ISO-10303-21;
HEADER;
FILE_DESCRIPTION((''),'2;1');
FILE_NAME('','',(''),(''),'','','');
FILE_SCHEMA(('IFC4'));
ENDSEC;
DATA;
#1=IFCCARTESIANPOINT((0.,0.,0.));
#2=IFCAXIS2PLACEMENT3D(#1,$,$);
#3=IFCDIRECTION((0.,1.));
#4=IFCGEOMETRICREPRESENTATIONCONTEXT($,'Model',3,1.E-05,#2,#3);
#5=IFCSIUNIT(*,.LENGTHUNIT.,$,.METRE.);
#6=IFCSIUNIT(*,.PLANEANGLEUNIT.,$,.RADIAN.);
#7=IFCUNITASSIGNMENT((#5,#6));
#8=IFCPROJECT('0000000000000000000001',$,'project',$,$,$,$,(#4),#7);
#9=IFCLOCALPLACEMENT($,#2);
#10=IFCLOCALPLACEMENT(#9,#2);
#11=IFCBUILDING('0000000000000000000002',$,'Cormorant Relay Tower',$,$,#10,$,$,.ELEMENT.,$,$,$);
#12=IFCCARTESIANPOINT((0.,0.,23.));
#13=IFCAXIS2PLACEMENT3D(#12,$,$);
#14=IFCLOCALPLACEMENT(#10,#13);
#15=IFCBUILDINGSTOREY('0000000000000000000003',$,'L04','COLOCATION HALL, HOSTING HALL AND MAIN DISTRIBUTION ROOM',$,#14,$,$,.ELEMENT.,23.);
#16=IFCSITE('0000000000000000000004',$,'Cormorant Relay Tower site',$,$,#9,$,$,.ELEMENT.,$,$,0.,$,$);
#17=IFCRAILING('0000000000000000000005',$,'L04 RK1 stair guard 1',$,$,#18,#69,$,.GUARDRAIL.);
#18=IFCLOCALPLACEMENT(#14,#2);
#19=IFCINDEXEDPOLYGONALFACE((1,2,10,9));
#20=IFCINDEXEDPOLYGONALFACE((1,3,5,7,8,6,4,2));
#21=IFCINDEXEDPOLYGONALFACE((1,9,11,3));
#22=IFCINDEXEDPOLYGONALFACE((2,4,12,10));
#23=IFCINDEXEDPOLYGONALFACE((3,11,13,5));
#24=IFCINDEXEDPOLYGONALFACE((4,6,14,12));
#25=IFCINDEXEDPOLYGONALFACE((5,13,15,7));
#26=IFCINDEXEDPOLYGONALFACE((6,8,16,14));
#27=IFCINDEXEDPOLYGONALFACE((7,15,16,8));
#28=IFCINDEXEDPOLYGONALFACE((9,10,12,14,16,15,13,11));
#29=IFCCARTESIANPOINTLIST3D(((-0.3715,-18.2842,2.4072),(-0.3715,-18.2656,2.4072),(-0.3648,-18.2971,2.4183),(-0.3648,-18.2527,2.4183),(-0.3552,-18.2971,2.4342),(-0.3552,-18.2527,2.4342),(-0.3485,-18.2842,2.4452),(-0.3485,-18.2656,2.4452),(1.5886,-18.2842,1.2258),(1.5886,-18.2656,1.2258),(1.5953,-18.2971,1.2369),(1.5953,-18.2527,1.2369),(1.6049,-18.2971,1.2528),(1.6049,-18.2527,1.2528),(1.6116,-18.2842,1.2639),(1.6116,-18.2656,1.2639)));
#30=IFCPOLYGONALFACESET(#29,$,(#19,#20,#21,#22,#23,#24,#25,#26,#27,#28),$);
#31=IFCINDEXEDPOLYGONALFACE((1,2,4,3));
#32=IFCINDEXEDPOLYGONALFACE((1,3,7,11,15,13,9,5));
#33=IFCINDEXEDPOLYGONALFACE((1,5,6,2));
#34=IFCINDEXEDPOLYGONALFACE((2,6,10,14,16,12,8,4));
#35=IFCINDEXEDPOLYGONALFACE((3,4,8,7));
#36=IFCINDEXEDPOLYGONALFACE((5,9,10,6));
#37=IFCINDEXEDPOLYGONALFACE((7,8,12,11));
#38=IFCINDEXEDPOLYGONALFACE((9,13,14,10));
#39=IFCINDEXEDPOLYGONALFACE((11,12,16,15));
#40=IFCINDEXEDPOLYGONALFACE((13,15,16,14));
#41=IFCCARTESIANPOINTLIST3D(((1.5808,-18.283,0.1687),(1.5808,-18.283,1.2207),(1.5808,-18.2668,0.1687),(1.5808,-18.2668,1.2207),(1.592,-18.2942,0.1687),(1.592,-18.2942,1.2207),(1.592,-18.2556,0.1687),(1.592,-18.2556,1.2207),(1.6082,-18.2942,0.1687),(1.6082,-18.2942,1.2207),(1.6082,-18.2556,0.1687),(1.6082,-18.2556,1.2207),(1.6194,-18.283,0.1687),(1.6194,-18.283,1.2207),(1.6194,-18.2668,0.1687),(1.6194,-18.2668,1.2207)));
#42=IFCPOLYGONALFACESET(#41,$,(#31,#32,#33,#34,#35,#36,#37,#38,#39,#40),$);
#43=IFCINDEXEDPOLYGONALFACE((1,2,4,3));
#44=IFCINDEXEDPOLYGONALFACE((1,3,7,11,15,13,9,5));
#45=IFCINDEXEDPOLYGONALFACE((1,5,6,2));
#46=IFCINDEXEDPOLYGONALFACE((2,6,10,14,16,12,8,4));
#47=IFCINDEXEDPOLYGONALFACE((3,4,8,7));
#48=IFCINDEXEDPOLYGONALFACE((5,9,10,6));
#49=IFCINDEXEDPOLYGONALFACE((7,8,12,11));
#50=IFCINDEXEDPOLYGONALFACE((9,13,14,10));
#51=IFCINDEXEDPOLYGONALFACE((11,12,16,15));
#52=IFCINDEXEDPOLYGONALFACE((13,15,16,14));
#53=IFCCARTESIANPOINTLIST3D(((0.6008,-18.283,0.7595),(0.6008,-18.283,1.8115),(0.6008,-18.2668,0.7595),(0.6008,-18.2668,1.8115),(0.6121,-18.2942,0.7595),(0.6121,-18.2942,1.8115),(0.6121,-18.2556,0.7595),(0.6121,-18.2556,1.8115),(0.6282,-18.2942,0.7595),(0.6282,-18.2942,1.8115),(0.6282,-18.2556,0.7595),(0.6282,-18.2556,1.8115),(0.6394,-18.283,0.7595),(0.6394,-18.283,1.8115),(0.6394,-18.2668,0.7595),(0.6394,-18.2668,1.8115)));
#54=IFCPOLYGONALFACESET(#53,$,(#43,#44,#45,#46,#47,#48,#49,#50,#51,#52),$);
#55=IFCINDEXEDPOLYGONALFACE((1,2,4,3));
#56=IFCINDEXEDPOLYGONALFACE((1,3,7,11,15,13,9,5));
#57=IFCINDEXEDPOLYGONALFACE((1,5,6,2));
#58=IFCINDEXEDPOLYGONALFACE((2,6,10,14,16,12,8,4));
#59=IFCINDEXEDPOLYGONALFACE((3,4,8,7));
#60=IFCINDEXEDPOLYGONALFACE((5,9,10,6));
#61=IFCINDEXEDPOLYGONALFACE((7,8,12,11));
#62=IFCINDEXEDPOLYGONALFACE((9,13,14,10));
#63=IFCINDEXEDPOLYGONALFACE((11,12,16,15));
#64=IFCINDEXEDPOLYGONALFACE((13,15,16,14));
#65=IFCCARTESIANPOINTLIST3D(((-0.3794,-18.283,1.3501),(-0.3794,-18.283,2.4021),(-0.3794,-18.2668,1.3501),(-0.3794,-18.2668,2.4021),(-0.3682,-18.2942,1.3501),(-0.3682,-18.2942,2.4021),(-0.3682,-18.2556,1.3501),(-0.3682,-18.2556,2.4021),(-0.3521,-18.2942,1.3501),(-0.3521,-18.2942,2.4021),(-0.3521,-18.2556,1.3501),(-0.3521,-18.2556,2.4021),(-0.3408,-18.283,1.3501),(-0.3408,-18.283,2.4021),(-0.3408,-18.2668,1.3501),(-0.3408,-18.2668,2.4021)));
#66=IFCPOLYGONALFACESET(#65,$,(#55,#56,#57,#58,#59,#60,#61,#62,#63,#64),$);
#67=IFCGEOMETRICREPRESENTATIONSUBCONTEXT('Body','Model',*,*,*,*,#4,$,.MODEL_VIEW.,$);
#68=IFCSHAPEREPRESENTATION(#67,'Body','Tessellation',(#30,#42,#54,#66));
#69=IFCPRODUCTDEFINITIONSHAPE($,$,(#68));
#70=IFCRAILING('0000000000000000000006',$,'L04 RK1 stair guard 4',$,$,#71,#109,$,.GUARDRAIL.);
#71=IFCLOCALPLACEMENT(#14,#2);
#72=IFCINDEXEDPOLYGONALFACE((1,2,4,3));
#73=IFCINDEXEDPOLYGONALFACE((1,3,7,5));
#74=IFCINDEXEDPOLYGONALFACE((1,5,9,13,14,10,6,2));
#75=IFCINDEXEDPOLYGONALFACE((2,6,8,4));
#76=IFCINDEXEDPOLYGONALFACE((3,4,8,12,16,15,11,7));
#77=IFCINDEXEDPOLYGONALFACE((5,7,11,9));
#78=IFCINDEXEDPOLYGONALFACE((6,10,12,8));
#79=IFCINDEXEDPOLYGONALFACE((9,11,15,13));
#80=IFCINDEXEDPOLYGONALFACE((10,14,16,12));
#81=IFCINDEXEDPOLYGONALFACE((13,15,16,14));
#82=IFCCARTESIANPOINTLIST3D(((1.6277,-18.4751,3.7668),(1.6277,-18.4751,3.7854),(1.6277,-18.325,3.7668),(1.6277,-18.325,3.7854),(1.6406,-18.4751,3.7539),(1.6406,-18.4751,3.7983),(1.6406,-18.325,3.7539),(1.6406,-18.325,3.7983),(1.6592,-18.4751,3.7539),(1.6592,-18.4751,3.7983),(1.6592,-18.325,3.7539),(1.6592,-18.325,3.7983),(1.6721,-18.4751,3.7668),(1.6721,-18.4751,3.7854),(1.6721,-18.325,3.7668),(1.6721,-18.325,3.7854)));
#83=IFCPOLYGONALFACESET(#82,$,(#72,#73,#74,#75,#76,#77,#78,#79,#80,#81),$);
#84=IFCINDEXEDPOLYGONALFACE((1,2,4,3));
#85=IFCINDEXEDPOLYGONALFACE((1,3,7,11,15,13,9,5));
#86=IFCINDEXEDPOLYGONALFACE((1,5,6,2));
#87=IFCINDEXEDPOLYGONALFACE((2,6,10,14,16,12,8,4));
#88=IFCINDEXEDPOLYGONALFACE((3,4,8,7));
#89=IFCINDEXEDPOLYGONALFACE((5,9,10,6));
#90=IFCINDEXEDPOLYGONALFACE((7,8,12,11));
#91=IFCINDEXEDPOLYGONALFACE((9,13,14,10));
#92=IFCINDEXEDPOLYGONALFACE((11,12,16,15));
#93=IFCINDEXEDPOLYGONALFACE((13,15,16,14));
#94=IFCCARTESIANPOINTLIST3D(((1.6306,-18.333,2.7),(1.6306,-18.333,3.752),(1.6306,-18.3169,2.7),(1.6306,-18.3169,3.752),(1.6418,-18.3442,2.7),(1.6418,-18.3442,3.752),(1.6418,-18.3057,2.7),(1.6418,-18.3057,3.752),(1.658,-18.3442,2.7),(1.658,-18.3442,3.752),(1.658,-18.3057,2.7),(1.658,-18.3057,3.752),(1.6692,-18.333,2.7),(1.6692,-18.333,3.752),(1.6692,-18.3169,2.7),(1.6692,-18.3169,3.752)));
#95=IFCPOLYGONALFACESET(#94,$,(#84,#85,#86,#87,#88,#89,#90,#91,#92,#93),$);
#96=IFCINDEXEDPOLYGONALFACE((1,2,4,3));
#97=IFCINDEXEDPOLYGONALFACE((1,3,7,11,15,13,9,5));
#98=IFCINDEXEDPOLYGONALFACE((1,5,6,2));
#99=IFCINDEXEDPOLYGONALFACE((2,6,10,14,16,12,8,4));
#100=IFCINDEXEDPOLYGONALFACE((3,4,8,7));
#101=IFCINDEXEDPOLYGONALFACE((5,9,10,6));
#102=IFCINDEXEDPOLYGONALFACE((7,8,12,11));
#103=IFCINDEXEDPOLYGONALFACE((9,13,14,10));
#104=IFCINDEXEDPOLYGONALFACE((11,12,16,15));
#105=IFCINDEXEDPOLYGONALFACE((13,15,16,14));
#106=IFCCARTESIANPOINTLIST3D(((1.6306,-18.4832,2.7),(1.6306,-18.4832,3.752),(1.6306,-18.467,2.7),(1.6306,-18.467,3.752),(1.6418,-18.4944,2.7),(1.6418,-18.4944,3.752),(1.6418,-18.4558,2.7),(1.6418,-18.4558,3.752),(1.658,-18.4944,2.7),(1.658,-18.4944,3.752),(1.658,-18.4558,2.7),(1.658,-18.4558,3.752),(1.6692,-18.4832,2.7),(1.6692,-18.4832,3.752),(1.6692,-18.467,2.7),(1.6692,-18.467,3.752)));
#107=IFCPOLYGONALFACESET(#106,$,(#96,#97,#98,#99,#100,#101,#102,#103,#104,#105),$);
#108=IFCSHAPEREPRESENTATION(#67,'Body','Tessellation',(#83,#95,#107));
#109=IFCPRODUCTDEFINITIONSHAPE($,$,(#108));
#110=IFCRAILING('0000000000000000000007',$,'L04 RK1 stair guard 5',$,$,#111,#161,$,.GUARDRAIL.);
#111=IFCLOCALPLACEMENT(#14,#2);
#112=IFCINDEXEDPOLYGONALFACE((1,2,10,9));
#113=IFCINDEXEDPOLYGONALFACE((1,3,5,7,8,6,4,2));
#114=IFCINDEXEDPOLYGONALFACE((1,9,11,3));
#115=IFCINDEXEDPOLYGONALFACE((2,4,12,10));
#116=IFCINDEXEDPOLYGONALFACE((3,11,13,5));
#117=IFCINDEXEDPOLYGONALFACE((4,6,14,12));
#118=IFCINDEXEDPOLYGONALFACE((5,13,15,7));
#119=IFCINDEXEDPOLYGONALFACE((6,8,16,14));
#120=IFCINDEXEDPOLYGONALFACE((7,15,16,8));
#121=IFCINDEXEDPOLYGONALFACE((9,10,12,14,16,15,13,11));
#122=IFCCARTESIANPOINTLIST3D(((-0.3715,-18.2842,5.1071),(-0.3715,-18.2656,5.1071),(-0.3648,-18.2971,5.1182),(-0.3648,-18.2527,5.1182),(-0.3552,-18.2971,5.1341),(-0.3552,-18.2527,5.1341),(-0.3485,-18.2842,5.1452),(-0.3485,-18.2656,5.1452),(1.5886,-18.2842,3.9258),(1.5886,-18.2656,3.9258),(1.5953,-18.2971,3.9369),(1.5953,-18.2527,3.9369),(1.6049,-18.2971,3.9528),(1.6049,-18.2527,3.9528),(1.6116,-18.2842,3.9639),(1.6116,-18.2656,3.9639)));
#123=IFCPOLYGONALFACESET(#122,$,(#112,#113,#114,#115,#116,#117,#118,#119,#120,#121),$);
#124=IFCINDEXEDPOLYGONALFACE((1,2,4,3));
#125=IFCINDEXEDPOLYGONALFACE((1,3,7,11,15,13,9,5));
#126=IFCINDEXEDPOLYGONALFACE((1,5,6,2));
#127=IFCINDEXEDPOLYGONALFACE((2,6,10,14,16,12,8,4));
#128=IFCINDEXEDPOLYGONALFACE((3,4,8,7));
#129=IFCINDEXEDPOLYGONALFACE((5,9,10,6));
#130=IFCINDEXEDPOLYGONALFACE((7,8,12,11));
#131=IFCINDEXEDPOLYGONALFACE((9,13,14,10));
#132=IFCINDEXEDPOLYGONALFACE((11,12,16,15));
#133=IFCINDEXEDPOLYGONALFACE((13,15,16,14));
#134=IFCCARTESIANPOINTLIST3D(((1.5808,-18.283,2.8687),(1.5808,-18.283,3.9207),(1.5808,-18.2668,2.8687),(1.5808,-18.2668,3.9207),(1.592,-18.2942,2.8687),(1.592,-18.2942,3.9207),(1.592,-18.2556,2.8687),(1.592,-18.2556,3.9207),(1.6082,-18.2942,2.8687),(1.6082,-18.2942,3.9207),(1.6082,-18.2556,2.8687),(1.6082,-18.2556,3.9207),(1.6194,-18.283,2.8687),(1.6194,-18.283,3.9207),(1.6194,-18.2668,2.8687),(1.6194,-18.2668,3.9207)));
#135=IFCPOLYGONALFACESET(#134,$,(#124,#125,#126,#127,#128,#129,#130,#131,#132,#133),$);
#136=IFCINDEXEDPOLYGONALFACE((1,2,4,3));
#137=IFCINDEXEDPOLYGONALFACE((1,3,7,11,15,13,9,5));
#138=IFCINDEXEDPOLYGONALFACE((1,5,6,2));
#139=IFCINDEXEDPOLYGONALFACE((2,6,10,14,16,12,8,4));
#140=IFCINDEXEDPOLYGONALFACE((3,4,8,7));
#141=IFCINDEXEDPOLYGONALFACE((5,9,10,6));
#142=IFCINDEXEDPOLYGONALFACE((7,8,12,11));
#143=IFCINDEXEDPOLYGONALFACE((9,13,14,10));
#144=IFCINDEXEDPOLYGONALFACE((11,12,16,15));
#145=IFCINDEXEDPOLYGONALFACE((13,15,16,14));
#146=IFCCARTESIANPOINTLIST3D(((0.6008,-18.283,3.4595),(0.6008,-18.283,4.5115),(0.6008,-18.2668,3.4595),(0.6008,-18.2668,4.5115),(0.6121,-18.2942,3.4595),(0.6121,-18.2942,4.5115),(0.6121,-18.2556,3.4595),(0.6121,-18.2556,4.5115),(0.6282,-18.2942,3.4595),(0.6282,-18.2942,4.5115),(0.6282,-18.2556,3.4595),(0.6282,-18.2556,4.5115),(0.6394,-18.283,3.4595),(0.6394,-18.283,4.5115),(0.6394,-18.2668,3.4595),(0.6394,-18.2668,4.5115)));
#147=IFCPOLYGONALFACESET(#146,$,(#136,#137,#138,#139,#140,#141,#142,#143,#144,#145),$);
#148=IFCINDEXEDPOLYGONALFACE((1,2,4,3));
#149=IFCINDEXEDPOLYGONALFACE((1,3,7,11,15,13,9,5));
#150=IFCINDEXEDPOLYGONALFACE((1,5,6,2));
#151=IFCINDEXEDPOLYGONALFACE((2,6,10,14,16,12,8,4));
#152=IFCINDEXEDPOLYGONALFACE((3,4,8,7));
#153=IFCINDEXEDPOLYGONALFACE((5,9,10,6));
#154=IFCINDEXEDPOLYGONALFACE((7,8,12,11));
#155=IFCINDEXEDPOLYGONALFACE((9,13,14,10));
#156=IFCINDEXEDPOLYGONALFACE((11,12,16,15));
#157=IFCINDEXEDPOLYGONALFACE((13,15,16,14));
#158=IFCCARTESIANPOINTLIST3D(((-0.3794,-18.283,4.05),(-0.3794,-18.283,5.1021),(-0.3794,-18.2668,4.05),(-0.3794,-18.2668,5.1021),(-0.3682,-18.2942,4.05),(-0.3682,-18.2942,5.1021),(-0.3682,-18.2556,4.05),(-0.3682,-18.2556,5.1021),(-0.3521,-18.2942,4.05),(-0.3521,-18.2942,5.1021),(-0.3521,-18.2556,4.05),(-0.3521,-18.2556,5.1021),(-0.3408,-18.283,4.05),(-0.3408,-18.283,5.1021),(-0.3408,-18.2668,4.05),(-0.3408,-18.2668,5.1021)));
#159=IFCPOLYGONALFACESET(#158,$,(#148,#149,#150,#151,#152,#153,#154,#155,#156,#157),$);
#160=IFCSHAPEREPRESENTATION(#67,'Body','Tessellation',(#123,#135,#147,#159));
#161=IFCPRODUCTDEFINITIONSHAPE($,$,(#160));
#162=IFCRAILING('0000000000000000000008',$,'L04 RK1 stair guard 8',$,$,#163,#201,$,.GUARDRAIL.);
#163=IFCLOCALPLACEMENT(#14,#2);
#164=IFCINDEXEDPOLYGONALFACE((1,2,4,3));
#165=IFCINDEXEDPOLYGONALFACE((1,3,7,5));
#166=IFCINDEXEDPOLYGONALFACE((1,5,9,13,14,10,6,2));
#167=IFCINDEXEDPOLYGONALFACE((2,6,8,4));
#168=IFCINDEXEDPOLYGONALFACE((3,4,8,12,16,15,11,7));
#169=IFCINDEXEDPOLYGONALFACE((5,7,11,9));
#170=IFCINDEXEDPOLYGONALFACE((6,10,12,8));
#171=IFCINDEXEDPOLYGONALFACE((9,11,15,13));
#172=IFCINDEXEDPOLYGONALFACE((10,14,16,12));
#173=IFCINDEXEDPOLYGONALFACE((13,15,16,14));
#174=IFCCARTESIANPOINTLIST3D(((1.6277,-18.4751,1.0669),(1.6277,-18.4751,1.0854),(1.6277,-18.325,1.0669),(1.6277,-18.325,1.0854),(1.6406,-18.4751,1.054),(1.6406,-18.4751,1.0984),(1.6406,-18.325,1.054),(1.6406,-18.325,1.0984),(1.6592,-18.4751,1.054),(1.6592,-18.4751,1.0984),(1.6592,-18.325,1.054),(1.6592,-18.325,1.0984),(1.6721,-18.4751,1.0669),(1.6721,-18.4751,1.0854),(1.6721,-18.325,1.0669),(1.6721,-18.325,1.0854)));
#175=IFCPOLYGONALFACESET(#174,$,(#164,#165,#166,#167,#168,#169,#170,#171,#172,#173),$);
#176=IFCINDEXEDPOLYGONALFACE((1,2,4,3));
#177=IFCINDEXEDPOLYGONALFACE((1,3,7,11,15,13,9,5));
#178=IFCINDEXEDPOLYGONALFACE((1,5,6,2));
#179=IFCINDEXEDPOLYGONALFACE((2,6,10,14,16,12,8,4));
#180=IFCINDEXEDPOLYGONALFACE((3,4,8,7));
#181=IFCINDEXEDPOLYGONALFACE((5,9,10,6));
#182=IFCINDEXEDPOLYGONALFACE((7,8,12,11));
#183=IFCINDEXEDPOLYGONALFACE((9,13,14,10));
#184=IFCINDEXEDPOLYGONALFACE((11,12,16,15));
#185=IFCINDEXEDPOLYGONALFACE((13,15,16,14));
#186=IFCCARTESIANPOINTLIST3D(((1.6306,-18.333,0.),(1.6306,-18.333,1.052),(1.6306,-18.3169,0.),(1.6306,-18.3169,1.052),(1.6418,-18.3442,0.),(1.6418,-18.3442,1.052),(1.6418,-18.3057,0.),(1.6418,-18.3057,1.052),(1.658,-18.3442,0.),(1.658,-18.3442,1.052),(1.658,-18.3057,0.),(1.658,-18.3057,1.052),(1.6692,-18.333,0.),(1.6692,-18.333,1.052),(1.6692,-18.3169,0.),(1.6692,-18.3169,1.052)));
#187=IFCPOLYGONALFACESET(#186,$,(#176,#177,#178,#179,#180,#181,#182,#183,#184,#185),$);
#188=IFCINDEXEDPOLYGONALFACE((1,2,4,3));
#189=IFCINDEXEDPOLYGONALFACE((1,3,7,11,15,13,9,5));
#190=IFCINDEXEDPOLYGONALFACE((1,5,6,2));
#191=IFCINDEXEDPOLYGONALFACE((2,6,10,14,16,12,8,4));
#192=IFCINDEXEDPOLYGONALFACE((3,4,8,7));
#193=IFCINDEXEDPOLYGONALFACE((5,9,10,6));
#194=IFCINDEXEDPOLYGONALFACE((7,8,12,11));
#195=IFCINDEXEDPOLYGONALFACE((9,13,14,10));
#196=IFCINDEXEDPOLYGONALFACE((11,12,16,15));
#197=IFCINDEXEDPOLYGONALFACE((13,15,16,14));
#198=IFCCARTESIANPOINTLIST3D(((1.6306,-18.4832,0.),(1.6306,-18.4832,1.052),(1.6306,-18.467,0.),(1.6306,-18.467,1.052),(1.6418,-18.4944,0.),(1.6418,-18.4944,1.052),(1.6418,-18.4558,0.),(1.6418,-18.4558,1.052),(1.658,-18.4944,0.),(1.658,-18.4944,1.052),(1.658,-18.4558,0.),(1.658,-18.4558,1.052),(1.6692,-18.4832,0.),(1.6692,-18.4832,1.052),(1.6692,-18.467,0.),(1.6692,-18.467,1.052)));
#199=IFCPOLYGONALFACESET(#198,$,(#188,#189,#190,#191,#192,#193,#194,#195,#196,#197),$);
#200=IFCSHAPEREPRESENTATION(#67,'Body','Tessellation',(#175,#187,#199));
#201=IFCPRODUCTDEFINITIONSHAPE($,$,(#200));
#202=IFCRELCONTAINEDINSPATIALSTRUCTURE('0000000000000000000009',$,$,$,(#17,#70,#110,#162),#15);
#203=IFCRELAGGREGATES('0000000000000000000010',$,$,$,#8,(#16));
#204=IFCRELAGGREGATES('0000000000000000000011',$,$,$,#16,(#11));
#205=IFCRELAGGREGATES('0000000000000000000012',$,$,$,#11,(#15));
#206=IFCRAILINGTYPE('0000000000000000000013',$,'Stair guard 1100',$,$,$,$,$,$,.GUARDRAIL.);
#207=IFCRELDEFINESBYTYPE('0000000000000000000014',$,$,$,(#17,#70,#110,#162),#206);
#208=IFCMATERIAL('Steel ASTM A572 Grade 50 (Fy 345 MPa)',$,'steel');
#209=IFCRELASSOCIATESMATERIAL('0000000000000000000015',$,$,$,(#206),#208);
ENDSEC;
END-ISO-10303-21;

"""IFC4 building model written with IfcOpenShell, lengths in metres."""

from ifc_helpers import new_model, si_unit, direction, frame, origin, place, context, subcontext, project, spatial, polyline, outline, extrude, material, type_object, element, save


model = new_model("IFC4")

# Units and contexts
model_context = context("Model", 3, precision=1e-05, world=origin(), true_north=direction((0.0, 1.0)))
body_context = subcontext(model_context, "Body", "Model", "MODEL_VIEW")
ifc_project = project(units=[si_unit("LENGTHUNIT", "METRE"), si_unit("PLANEANGLEUNIT", "RADIAN")], contexts=[model_context])

# Site, building, storey
site_placement = place(None, origin())
site = spatial("IfcSite", under=ifc_project, at=site_placement, Name="Cormorant Relay Tower site", CompositionType="ELEMENT", RefElevation=0.0)
building_placement = place(site_placement, origin())
building = spatial("IfcBuilding", under=site, at=building_placement, Name="Cormorant Relay Tower", CompositionType="ELEMENT")
storey_placement = place(building_placement, frame((0.0, 0.0, 23.0)))
storey = spatial("IfcBuildingStorey", under=building, at=storey_placement, Name="L04", Description="COLOCATION HALL, HOSTING HALL AND MAIN DISTRIBUTION ROOM", CompositionType="ELEMENT", Elevation=23.0)

# Railings
ifc_material_1 = material(Name="Steel ASTM A572 Grade 50 (Fy 345 MPa)", Category="steel")
railing_type_1 = type_object("IfcRailingType", Name="Stair guard 1100", PredefinedType="GUARDRAIL", material=ifc_material_1)
railing_1_placement = place(storey_placement, frame((1.6001, -18.2749, 0.1687)))
element("IfcRailing", 1, at=railing_1_placement, inside=storey, type_object=railing_type_1, Name="L04 RK1 stair guard 1", PredefinedType="GUARDRAIL", context=body_context, shape_type="SweptSolid", body=[
    extrude(outline(polyline([(0.0222, 0.0093), (0.0093, 0.0222), (-0.0093, 0.0222), (-0.0222, 0.0093), (-0.0222, -0.0093), (-0.0093, -0.0222), (0.0093, -0.0222), (0.0222, -0.0093), (0.0222, 0.0093)])), frame((0.0, 0.0, 1.0762), z_axis=(-0.856475, 0.0, 0.516189), x_axis=(0.0, -1.0, 0.0)), (0.0, 0.0, 1.0), 2.2886),
    extrude(outline(polyline([(0.0193, 0.0081), (0.0081, 0.0193), (-0.0081, 0.0193), (-0.0193, 0.0081), (-0.0193, -0.0081), (-0.0081, -0.0193), (0.0081, -0.0193), (0.0193, -0.0081), (0.0193, 0.0081)])), origin(), (0.0, 0.0, 1.0), 1.052),
    extrude(outline(polyline([(0.0193, 0.0081), (0.0081, 0.0193), (-0.0081, 0.0193), (-0.0193, 0.0081), (-0.0193, -0.0081), (-0.0081, -0.0193), (0.0081, -0.0193), (0.0193, -0.0081), (0.0193, 0.0081)])), frame((-0.98, 0.0, 0.5908)), (0.0, 0.0, 1.0), 1.052),
    extrude(outline(polyline([(0.0193, 0.0081), (0.0081, 0.0193), (-0.0081, 0.0193), (-0.0193, 0.0081), (-0.0193, -0.0081), (-0.0081, -0.0193), (0.0081, -0.0193), (0.0193, -0.0081), (0.0193, 0.0081)])), frame((-1.9602, 0.0, 1.1814)), (0.0, 0.0, 1.0), 1.052),
])
railing_2_placement = place(storey_placement, frame((1.6499, -18.325, 2.7)))
element("IfcRailing", 2, at=railing_2_placement, inside=storey, type_object=railing_type_1, Name="L04 RK1 stair guard 4", PredefinedType="GUARDRAIL", context=body_context, shape_type="SweptSolid", body=[
    extrude(outline(polyline([(0.0222, 0.0093), (0.0093, 0.0222), (-0.0093, 0.0222), (-0.0222, 0.0093), (-0.0222, -0.0093), (-0.0093, -0.0222), (0.0093, -0.0222), (0.0222, -0.0093), (0.0222, 0.0093)])), frame((0.0, 0.0, 1.0762), z_axis=(0.0, -1.0, 0.0), x_axis=(1.0, 0.0, 0.0)), (0.0, 0.0, 1.0), 0.1501),
    extrude(outline(polyline([(0.0193, 0.0081), (0.0081, 0.0193), (-0.0081, 0.0193), (-0.0193, 0.0081), (-0.0193, -0.0081), (-0.0081, -0.0193), (0.0081, -0.0193), (0.0193, -0.0081), (0.0193, 0.0081)])), origin(), (0.0, 0.0, 1.0), 1.052),
    extrude(outline(polyline([(0.0193, 0.0081), (0.0081, 0.0193), (-0.0081, 0.0193), (-0.0193, 0.0081), (-0.0193, -0.0081), (-0.0081, -0.0193), (0.0081, -0.0193), (0.0193, -0.0081), (0.0193, 0.0081)])), frame((0.0, -0.1501, 0.0)), (0.0, 0.0, 1.0), 1.052),
])
railing_3_placement = place(storey_placement, frame((1.6001, -18.2749, 2.8687)))
element("IfcRailing", 3, at=railing_3_placement, inside=storey, type_object=railing_type_1, Name="L04 RK1 stair guard 5", PredefinedType="GUARDRAIL", context=body_context, shape_type="SweptSolid", body=[
    extrude(outline(polyline([(0.0222, 0.0093), (0.0093, 0.0222), (-0.0093, 0.0222), (-0.0222, 0.0093), (-0.0222, -0.0093), (-0.0093, -0.0222), (0.0093, -0.0222), (0.0222, -0.0093), (0.0222, 0.0093)])), frame((0.0, 0.0, 1.0762), z_axis=(-0.856475, 0.0, 0.516189), x_axis=(0.0, -1.0, 0.0)), (0.0, 0.0, 1.0), 2.2886),
    extrude(outline(polyline([(0.0193, 0.0081), (0.0081, 0.0193), (-0.0081, 0.0193), (-0.0193, 0.0081), (-0.0193, -0.0081), (-0.0081, -0.0193), (0.0081, -0.0193), (0.0193, -0.0081), (0.0193, 0.0081)])), origin(), (0.0, 0.0, 1.0), 1.052),
    extrude(outline(polyline([(0.0193, 0.0081), (0.0081, 0.0193), (-0.0081, 0.0193), (-0.0193, 0.0081), (-0.0193, -0.0081), (-0.0081, -0.0193), (0.0081, -0.0193), (0.0193, -0.0081), (0.0193, 0.0081)])), frame((-0.98, 0.0, 0.5908)), (0.0, 0.0, 1.0), 1.052),
    extrude(outline(polyline([(0.0193, 0.0081), (0.0081, 0.0193), (-0.0081, 0.0193), (-0.0193, 0.0081), (-0.0193, -0.0081), (-0.0081, -0.0193), (0.0081, -0.0193), (0.0193, -0.0081), (0.0193, 0.0081)])), frame((-1.9602, 0.0, 1.1814)), (0.0, 0.0, 1.0), 1.052),
])
railing_4_placement = place(storey_placement, frame((1.6499, -18.325, 0.0)))
element("IfcRailing", 4, at=railing_4_placement, inside=storey, type_object=railing_type_1, Name="L04 RK1 stair guard 8", PredefinedType="GUARDRAIL", context=body_context, shape_type="SweptSolid", body=[
    extrude(outline(polyline([(0.0222, 0.0093), (0.0093, 0.0222), (-0.0093, 0.0222), (-0.0222, 0.0093), (-0.0222, -0.0093), (-0.0093, -0.0222), (0.0093, -0.0222), (0.0222, -0.0093), (0.0222, 0.0093)])), frame((0.0, 0.0, 1.0762), z_axis=(0.0, -1.0, 0.0), x_axis=(1.0, 0.0, 0.0)), (0.0, 0.0, 1.0), 0.1501),
    extrude(outline(polyline([(0.0193, 0.0081), (0.0081, 0.0193), (-0.0081, 0.0193), (-0.0193, 0.0081), (-0.0193, -0.0081), (-0.0081, -0.0193), (0.0081, -0.0193), (0.0193, -0.0081), (0.0193, 0.0081)])), origin(), (0.0, 0.0, 1.0), 1.052),
    extrude(outline(polyline([(0.0193, 0.0081), (0.0081, 0.0193), (-0.0081, 0.0193), (-0.0193, 0.0081), (-0.0193, -0.0081), (-0.0081, -0.0193), (0.0081, -0.0193), (0.0193, -0.0081), (0.0193, 0.0081)])), frame((0.0, -0.1501, 0.0)), (0.0, 0.0, 1.0), 1.052),
])

save(model, "model.ifc")
